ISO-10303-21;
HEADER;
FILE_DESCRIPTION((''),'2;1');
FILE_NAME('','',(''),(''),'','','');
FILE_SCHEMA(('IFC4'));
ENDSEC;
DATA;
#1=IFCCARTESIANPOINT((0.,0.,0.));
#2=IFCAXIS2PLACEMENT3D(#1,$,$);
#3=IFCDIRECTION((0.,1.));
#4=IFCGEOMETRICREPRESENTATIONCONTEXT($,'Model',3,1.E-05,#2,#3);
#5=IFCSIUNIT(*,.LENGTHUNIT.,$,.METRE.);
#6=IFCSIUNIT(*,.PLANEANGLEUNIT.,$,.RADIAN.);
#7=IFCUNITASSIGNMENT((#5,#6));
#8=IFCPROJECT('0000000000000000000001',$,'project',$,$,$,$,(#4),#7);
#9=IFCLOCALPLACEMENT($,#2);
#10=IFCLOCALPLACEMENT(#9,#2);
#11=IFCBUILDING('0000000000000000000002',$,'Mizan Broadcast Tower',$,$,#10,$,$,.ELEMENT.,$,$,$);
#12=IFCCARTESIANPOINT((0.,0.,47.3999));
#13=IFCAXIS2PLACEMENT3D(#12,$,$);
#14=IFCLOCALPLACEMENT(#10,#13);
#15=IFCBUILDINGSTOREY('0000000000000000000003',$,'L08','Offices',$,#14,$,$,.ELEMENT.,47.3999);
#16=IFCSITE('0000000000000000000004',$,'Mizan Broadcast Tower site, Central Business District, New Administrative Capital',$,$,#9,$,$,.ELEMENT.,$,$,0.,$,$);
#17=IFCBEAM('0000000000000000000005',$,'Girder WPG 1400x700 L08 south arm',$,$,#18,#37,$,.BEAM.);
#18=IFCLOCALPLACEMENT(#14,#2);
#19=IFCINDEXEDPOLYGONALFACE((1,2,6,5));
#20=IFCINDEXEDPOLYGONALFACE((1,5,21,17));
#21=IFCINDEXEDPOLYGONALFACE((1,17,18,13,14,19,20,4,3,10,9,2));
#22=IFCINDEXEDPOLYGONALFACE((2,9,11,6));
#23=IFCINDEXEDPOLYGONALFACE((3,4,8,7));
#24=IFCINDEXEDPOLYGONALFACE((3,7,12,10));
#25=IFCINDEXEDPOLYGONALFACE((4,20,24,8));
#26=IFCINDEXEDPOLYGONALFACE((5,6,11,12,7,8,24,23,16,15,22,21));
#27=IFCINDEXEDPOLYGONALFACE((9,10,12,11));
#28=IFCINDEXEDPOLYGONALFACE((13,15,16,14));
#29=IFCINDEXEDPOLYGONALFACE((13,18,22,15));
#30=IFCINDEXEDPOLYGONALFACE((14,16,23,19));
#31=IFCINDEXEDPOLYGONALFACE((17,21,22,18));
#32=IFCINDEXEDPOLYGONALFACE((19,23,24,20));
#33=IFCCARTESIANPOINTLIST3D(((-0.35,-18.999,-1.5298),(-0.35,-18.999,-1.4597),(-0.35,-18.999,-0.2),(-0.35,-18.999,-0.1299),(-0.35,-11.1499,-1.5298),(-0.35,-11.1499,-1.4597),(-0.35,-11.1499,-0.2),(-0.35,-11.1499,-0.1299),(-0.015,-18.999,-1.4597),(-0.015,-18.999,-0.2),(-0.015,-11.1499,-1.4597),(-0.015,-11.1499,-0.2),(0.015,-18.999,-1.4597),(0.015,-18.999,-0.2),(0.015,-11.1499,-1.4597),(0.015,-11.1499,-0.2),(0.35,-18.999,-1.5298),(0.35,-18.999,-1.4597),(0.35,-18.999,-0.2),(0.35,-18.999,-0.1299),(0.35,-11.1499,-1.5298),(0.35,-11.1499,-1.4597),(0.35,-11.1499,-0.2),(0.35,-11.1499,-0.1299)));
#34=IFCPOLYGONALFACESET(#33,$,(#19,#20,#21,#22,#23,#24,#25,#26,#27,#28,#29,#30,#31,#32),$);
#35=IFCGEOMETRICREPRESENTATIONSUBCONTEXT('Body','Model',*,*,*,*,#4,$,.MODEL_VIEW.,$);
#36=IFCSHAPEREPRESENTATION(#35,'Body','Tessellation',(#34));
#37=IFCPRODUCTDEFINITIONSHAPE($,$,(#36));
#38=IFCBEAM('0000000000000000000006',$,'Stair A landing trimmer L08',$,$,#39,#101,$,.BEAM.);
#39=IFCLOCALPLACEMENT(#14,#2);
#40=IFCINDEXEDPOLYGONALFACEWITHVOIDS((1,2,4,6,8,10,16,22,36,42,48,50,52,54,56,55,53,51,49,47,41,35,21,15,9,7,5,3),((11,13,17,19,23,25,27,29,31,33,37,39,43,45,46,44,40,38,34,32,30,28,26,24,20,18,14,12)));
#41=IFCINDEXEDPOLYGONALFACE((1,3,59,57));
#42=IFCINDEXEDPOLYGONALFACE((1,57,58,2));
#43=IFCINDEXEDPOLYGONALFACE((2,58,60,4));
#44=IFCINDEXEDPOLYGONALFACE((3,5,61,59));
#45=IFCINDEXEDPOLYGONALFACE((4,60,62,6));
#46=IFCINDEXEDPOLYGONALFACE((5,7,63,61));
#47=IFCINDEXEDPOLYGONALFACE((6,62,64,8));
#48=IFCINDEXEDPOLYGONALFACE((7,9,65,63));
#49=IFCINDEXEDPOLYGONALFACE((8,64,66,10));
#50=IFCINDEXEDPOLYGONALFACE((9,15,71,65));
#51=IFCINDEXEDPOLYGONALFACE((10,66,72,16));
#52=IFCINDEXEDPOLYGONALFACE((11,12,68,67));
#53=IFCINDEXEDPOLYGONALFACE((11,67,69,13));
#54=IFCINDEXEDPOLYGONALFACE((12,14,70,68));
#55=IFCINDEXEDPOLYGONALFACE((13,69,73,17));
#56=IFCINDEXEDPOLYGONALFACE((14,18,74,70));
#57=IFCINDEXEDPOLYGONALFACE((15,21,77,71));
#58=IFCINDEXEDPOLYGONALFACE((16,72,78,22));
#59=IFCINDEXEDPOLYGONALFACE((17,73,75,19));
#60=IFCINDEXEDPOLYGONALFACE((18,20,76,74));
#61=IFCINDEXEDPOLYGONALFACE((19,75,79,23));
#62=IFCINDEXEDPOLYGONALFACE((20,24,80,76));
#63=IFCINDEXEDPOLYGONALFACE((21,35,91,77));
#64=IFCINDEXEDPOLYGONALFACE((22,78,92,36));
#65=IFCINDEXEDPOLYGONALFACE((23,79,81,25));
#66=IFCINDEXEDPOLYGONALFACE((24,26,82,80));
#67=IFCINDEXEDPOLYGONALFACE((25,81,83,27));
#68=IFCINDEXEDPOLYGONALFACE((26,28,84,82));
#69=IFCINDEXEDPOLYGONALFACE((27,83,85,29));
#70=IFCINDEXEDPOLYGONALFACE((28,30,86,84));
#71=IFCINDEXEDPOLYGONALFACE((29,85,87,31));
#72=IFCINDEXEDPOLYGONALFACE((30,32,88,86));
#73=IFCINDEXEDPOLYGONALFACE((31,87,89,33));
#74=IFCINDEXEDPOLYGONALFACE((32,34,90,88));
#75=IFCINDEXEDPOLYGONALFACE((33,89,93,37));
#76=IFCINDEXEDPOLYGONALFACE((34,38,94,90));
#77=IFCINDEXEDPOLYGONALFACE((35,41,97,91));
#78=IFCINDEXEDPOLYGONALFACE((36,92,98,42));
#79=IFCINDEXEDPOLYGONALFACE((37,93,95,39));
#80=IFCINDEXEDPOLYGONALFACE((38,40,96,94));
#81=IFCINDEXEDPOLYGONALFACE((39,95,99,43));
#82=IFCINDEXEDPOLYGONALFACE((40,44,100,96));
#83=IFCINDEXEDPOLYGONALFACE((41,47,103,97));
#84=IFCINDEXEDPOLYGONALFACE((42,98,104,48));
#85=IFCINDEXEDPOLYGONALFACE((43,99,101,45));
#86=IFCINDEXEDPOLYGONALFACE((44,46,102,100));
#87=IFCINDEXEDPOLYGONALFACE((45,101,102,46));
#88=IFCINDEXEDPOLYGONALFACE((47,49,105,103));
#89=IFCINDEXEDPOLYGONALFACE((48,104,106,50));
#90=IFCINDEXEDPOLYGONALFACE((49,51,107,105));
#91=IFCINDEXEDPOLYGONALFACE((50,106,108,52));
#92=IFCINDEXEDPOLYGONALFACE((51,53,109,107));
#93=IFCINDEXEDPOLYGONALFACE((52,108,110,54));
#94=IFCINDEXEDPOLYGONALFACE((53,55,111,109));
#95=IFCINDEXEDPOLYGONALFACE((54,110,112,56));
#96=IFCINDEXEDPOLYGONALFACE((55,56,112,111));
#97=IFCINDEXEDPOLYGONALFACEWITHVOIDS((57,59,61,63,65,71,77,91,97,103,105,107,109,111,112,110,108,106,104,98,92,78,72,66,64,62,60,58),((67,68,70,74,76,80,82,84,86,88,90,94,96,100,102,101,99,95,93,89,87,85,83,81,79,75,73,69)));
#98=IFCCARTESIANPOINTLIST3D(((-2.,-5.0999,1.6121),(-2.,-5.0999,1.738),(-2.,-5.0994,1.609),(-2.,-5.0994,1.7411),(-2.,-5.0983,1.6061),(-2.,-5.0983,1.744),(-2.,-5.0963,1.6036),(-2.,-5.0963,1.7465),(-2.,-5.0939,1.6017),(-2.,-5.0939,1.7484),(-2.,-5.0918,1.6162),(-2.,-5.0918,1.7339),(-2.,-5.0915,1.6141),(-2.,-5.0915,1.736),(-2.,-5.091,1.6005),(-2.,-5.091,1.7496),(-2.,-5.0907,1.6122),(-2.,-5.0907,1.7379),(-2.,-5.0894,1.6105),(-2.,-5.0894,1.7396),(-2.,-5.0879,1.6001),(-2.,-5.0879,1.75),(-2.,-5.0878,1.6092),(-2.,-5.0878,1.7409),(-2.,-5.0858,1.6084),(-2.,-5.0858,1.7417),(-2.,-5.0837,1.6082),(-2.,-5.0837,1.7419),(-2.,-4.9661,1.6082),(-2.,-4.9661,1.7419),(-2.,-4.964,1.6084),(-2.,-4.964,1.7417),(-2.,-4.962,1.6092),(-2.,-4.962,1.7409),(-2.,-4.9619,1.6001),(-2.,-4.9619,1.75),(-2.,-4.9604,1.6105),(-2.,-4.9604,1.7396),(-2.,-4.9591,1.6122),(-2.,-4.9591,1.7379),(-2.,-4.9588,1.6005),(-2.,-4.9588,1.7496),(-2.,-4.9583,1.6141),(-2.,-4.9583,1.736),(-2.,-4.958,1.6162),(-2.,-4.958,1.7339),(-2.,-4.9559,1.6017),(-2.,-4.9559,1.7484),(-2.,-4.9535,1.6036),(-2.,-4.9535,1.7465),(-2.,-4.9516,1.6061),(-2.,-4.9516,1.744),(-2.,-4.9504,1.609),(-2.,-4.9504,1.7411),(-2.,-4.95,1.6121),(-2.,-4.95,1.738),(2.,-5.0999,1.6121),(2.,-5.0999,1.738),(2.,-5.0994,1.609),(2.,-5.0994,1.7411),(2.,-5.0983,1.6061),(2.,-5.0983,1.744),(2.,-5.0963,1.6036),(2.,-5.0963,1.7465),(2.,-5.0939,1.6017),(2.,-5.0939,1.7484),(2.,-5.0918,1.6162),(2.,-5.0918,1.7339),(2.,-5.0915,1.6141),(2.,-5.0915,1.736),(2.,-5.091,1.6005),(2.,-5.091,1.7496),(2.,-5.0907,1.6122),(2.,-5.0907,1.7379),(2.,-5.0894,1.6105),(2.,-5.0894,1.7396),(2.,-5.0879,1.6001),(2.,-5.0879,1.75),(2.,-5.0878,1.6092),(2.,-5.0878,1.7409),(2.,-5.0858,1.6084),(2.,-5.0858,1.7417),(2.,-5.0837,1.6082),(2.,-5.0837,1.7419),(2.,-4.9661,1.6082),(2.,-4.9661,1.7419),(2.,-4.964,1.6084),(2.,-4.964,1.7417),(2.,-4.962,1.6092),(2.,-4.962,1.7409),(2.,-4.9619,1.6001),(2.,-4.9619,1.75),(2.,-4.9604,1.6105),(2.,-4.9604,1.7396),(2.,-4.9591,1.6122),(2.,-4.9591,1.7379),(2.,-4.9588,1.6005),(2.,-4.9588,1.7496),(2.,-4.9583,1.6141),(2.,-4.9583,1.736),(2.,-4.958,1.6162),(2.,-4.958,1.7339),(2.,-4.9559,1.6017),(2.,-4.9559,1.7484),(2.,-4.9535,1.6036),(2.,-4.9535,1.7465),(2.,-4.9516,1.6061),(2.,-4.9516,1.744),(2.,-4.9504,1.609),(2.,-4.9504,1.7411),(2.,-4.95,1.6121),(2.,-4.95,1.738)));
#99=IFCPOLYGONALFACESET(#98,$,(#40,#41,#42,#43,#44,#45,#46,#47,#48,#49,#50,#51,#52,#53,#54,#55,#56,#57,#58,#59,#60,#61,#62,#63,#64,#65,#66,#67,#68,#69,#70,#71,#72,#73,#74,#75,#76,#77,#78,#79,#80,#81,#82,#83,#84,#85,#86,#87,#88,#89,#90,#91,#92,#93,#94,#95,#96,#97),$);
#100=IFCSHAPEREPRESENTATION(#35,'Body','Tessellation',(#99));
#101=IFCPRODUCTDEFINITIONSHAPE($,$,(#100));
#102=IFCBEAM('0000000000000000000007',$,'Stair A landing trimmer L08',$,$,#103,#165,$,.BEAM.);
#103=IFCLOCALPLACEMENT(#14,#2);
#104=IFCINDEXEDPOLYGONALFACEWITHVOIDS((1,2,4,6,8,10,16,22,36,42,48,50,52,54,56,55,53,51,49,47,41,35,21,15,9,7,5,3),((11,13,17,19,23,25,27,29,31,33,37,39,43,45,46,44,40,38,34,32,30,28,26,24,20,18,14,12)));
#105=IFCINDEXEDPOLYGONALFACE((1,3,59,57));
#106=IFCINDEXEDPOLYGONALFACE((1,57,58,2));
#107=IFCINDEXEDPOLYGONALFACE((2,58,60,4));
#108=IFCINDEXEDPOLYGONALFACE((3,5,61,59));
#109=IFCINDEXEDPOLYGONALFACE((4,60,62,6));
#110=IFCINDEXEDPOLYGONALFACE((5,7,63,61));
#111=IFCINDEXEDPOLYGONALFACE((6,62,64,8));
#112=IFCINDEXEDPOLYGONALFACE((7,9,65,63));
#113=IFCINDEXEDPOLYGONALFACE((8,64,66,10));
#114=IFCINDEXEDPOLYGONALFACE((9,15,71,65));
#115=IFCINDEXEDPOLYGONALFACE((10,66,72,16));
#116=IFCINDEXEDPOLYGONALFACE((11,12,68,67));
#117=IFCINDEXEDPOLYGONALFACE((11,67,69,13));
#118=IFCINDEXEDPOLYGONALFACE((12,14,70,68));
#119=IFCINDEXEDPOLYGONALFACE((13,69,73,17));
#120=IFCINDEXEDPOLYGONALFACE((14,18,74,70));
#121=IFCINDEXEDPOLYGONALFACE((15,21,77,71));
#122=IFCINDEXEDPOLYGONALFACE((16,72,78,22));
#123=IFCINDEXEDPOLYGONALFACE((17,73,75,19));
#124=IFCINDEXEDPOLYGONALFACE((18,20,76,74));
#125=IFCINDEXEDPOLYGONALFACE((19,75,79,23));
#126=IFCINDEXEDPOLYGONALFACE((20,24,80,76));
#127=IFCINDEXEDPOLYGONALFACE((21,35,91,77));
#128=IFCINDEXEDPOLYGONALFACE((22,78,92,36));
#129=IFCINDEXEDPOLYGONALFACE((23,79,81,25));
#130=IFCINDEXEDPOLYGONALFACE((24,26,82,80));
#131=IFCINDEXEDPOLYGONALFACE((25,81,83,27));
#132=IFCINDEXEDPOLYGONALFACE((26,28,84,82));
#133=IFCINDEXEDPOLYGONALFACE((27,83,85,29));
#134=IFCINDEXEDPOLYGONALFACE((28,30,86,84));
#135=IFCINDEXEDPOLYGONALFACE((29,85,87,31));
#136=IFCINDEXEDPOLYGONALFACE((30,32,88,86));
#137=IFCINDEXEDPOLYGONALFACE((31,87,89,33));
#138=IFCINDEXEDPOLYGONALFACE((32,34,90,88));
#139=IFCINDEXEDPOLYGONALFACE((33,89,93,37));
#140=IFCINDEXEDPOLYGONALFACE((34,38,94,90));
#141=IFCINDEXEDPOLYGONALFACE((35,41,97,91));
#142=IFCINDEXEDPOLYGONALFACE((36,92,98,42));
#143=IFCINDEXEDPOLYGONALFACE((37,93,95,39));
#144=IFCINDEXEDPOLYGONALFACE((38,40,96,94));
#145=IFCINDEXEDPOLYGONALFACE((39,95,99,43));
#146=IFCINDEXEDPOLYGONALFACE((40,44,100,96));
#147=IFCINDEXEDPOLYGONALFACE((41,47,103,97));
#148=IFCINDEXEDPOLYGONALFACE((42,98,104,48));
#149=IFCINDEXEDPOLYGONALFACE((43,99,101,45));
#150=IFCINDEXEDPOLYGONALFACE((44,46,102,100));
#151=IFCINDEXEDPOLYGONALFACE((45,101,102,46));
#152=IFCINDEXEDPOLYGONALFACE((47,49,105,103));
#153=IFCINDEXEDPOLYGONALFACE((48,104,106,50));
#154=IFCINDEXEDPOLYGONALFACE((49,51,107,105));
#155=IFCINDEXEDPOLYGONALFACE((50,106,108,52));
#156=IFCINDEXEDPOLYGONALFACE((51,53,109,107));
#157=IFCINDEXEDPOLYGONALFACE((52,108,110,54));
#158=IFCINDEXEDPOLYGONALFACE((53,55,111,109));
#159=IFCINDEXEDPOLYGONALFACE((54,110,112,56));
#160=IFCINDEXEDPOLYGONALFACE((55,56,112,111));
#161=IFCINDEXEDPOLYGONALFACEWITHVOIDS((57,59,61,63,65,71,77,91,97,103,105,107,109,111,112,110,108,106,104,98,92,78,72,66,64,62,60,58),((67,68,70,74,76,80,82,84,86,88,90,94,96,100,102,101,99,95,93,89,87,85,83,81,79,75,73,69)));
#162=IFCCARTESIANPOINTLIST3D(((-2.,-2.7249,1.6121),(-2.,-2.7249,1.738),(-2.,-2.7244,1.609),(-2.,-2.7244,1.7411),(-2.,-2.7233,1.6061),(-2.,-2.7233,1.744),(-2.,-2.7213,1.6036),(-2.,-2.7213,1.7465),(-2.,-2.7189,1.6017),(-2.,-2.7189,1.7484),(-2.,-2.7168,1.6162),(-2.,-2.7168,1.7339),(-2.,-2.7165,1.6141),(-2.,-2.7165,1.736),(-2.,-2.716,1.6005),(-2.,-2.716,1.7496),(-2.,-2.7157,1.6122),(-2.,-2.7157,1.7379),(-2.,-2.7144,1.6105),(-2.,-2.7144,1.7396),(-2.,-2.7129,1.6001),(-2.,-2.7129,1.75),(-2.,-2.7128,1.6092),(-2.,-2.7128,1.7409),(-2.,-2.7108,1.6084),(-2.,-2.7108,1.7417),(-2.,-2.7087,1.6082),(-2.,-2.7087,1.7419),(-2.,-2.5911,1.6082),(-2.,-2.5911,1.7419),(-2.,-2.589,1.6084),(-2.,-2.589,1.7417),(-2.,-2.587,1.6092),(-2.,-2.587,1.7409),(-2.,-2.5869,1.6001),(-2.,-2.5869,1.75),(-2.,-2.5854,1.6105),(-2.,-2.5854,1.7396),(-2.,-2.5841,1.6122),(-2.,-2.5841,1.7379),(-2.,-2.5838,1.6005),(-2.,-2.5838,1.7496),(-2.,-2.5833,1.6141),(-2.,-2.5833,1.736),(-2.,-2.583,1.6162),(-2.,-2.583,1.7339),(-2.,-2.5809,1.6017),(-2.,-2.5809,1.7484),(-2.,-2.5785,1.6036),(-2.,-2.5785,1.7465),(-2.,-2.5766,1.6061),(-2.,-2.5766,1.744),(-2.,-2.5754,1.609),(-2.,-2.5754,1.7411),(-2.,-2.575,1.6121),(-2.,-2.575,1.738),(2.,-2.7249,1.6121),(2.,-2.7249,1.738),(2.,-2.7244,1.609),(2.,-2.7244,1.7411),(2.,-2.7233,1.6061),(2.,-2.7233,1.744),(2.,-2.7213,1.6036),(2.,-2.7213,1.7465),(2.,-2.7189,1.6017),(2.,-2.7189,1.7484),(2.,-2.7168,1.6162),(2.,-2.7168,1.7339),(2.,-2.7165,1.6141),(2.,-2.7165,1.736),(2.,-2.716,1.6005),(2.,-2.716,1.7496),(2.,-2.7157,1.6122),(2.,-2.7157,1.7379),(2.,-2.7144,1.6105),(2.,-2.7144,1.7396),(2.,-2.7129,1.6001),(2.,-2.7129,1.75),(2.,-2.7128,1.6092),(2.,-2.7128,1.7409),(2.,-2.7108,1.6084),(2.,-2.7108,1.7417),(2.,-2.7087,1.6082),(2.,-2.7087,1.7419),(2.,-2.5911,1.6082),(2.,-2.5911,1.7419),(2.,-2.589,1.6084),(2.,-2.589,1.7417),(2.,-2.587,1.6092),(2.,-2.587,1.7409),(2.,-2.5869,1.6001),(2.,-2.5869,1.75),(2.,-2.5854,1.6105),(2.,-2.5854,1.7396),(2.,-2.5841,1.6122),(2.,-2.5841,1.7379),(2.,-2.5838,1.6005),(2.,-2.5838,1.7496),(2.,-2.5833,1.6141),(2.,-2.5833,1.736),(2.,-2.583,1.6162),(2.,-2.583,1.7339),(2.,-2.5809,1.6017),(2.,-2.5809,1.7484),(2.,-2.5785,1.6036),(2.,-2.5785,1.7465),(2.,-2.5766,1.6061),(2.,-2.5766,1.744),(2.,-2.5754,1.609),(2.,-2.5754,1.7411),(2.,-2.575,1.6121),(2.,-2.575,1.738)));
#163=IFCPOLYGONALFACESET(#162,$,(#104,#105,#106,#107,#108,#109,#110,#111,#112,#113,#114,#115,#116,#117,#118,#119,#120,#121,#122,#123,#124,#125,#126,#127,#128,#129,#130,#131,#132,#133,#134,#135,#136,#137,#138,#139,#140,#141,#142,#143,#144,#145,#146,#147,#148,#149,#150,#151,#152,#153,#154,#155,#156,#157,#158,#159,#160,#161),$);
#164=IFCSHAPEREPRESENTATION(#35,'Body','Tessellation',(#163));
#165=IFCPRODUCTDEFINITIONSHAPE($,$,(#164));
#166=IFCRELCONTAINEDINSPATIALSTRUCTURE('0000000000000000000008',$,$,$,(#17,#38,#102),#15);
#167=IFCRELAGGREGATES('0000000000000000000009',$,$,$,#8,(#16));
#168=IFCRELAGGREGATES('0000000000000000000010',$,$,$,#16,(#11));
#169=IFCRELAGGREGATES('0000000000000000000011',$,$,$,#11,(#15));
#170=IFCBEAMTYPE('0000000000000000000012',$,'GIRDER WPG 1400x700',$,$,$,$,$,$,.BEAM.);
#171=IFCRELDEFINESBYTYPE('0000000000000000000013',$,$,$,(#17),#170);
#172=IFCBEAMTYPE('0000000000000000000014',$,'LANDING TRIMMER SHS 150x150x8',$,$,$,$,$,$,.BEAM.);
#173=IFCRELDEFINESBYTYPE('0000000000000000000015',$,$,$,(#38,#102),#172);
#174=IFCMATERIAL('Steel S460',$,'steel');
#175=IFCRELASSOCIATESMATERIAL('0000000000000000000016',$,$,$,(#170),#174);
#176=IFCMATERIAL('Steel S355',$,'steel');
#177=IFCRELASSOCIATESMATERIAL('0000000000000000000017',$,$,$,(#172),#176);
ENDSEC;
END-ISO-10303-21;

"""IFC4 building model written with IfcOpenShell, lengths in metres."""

from ifc_helpers import new_model, si_unit, direction, frame, origin, origin_2d, place, context, subcontext, project, spatial, hollow_rectangle, i_section, extrude, material, material_profile, profile_set, type_object, element, save


model = new_model("IFC4")

# Units and contexts
model_context = context("Model", 3, precision=1e-05, world=origin(), true_north=direction((0.0, 1.0)))
body_context = subcontext(model_context, "Body", "Model", "MODEL_VIEW")
ifc_project = project(units=[si_unit("LENGTHUNIT", "METRE"), si_unit("PLANEANGLEUNIT", "RADIAN")], contexts=[model_context])

# Site, building, storey
site_placement = place(None, origin())
site = spatial("IfcSite", under=ifc_project, at=site_placement, Name="Mizan Broadcast Tower site, Central Business District, New Administrative Capital", CompositionType="ELEMENT", RefElevation=0.0)
building_placement = place(site_placement, origin())
building = spatial("IfcBuilding", under=site, at=building_placement, Name="Mizan Broadcast Tower", CompositionType="ELEMENT")
storey_placement = place(building_placement, frame((0.0, 0.0, 47.3999)))
storey = spatial("IfcBuildingStorey", under=building, at=storey_placement, Name="L08", Description="Offices", CompositionType="ELEMENT", Elevation=47.3999)

# Beams
ifc_material_1 = material(Name="Steel S460", Category="steel")
ifc_material_profile_1 = material_profile(ifc_material_1, i_section(OverallWidth=0.7, OverallDepth=1.3999, WebThickness=0.03, FlangeThickness=0.0701, at=origin_2d()), Name="WPG 1400x700")
ifc_profile_set_1 = profile_set([ifc_material_profile_1], Name="Steel S460")
beam_type_1 = type_object("IfcBeamType", Name="GIRDER WPG 1400x700", PredefinedType="BEAM", material=ifc_profile_set_1)
beam_placement = place(storey_placement, frame((0.0, -11.1499, -0.8298), z_axis=(0.0, -1.0, 0.0), x_axis=(1.0, 0.0, 0.0)))
element("IfcBeam", 1, at=beam_placement, inside=storey, type_object=beam_type_1, Name="Girder WPG 1400x700 L08 south arm", PredefinedType="BEAM", context=body_context, shape_type="SweptSolid", body=[
    extrude(i_section(OverallWidth=0.7, OverallDepth=1.3999, WebThickness=0.03, FlangeThickness=0.0701, at=origin_2d()), origin(), (0.0, 0.0, 1.0), 7.8491),
])
ifc_material_2 = material(Name="Steel S355", Category="steel")
ifc_material_profile_2 = material_profile(ifc_material_2, hollow_rectangle(XDim=0.1499, YDim=0.1499, WallThickness=0.0081, InnerFilletRadius=0.0081, OuterFilletRadius=0.012, at=origin_2d()), Name="SHS 150x150x8")
ifc_profile_set_2 = profile_set([ifc_material_profile_2], Name="Steel S355")
beam_type_2 = type_object("IfcBeamType", Name="LANDING TRIMMER SHS 150x150x8", PredefinedType="BEAM", material=ifc_profile_set_2)
for number, where, z_axis, x_axis, name in (
    (2, (-2.0, -5.0249, 1.675), (1.0, 0.0, 0.0), (0.0, 1.0, 0.0), "Stair A landing trimmer L08"),
    (3, (-2.0, -2.6499, 1.675), (1.0, 0.0, 0.0), (0.0, 1.0, 0.0), "Stair A landing trimmer L08"),
):
    element("IfcBeam", number, at=place(storey_placement, frame(where, z_axis=z_axis, x_axis=x_axis)), inside=storey, type_object=beam_type_2, Name=name, PredefinedType="BEAM", context=body_context, shape_type="SweptSolid", body=[
        extrude(hollow_rectangle(XDim=0.1499, YDim=0.1499, WallThickness=0.0081, InnerFilletRadius=0.0081, OuterFilletRadius=0.012, at=origin_2d()), origin(), (0.0, 0.0, 1.0), 4.0),
    ])

save(model, "model.ifc")
